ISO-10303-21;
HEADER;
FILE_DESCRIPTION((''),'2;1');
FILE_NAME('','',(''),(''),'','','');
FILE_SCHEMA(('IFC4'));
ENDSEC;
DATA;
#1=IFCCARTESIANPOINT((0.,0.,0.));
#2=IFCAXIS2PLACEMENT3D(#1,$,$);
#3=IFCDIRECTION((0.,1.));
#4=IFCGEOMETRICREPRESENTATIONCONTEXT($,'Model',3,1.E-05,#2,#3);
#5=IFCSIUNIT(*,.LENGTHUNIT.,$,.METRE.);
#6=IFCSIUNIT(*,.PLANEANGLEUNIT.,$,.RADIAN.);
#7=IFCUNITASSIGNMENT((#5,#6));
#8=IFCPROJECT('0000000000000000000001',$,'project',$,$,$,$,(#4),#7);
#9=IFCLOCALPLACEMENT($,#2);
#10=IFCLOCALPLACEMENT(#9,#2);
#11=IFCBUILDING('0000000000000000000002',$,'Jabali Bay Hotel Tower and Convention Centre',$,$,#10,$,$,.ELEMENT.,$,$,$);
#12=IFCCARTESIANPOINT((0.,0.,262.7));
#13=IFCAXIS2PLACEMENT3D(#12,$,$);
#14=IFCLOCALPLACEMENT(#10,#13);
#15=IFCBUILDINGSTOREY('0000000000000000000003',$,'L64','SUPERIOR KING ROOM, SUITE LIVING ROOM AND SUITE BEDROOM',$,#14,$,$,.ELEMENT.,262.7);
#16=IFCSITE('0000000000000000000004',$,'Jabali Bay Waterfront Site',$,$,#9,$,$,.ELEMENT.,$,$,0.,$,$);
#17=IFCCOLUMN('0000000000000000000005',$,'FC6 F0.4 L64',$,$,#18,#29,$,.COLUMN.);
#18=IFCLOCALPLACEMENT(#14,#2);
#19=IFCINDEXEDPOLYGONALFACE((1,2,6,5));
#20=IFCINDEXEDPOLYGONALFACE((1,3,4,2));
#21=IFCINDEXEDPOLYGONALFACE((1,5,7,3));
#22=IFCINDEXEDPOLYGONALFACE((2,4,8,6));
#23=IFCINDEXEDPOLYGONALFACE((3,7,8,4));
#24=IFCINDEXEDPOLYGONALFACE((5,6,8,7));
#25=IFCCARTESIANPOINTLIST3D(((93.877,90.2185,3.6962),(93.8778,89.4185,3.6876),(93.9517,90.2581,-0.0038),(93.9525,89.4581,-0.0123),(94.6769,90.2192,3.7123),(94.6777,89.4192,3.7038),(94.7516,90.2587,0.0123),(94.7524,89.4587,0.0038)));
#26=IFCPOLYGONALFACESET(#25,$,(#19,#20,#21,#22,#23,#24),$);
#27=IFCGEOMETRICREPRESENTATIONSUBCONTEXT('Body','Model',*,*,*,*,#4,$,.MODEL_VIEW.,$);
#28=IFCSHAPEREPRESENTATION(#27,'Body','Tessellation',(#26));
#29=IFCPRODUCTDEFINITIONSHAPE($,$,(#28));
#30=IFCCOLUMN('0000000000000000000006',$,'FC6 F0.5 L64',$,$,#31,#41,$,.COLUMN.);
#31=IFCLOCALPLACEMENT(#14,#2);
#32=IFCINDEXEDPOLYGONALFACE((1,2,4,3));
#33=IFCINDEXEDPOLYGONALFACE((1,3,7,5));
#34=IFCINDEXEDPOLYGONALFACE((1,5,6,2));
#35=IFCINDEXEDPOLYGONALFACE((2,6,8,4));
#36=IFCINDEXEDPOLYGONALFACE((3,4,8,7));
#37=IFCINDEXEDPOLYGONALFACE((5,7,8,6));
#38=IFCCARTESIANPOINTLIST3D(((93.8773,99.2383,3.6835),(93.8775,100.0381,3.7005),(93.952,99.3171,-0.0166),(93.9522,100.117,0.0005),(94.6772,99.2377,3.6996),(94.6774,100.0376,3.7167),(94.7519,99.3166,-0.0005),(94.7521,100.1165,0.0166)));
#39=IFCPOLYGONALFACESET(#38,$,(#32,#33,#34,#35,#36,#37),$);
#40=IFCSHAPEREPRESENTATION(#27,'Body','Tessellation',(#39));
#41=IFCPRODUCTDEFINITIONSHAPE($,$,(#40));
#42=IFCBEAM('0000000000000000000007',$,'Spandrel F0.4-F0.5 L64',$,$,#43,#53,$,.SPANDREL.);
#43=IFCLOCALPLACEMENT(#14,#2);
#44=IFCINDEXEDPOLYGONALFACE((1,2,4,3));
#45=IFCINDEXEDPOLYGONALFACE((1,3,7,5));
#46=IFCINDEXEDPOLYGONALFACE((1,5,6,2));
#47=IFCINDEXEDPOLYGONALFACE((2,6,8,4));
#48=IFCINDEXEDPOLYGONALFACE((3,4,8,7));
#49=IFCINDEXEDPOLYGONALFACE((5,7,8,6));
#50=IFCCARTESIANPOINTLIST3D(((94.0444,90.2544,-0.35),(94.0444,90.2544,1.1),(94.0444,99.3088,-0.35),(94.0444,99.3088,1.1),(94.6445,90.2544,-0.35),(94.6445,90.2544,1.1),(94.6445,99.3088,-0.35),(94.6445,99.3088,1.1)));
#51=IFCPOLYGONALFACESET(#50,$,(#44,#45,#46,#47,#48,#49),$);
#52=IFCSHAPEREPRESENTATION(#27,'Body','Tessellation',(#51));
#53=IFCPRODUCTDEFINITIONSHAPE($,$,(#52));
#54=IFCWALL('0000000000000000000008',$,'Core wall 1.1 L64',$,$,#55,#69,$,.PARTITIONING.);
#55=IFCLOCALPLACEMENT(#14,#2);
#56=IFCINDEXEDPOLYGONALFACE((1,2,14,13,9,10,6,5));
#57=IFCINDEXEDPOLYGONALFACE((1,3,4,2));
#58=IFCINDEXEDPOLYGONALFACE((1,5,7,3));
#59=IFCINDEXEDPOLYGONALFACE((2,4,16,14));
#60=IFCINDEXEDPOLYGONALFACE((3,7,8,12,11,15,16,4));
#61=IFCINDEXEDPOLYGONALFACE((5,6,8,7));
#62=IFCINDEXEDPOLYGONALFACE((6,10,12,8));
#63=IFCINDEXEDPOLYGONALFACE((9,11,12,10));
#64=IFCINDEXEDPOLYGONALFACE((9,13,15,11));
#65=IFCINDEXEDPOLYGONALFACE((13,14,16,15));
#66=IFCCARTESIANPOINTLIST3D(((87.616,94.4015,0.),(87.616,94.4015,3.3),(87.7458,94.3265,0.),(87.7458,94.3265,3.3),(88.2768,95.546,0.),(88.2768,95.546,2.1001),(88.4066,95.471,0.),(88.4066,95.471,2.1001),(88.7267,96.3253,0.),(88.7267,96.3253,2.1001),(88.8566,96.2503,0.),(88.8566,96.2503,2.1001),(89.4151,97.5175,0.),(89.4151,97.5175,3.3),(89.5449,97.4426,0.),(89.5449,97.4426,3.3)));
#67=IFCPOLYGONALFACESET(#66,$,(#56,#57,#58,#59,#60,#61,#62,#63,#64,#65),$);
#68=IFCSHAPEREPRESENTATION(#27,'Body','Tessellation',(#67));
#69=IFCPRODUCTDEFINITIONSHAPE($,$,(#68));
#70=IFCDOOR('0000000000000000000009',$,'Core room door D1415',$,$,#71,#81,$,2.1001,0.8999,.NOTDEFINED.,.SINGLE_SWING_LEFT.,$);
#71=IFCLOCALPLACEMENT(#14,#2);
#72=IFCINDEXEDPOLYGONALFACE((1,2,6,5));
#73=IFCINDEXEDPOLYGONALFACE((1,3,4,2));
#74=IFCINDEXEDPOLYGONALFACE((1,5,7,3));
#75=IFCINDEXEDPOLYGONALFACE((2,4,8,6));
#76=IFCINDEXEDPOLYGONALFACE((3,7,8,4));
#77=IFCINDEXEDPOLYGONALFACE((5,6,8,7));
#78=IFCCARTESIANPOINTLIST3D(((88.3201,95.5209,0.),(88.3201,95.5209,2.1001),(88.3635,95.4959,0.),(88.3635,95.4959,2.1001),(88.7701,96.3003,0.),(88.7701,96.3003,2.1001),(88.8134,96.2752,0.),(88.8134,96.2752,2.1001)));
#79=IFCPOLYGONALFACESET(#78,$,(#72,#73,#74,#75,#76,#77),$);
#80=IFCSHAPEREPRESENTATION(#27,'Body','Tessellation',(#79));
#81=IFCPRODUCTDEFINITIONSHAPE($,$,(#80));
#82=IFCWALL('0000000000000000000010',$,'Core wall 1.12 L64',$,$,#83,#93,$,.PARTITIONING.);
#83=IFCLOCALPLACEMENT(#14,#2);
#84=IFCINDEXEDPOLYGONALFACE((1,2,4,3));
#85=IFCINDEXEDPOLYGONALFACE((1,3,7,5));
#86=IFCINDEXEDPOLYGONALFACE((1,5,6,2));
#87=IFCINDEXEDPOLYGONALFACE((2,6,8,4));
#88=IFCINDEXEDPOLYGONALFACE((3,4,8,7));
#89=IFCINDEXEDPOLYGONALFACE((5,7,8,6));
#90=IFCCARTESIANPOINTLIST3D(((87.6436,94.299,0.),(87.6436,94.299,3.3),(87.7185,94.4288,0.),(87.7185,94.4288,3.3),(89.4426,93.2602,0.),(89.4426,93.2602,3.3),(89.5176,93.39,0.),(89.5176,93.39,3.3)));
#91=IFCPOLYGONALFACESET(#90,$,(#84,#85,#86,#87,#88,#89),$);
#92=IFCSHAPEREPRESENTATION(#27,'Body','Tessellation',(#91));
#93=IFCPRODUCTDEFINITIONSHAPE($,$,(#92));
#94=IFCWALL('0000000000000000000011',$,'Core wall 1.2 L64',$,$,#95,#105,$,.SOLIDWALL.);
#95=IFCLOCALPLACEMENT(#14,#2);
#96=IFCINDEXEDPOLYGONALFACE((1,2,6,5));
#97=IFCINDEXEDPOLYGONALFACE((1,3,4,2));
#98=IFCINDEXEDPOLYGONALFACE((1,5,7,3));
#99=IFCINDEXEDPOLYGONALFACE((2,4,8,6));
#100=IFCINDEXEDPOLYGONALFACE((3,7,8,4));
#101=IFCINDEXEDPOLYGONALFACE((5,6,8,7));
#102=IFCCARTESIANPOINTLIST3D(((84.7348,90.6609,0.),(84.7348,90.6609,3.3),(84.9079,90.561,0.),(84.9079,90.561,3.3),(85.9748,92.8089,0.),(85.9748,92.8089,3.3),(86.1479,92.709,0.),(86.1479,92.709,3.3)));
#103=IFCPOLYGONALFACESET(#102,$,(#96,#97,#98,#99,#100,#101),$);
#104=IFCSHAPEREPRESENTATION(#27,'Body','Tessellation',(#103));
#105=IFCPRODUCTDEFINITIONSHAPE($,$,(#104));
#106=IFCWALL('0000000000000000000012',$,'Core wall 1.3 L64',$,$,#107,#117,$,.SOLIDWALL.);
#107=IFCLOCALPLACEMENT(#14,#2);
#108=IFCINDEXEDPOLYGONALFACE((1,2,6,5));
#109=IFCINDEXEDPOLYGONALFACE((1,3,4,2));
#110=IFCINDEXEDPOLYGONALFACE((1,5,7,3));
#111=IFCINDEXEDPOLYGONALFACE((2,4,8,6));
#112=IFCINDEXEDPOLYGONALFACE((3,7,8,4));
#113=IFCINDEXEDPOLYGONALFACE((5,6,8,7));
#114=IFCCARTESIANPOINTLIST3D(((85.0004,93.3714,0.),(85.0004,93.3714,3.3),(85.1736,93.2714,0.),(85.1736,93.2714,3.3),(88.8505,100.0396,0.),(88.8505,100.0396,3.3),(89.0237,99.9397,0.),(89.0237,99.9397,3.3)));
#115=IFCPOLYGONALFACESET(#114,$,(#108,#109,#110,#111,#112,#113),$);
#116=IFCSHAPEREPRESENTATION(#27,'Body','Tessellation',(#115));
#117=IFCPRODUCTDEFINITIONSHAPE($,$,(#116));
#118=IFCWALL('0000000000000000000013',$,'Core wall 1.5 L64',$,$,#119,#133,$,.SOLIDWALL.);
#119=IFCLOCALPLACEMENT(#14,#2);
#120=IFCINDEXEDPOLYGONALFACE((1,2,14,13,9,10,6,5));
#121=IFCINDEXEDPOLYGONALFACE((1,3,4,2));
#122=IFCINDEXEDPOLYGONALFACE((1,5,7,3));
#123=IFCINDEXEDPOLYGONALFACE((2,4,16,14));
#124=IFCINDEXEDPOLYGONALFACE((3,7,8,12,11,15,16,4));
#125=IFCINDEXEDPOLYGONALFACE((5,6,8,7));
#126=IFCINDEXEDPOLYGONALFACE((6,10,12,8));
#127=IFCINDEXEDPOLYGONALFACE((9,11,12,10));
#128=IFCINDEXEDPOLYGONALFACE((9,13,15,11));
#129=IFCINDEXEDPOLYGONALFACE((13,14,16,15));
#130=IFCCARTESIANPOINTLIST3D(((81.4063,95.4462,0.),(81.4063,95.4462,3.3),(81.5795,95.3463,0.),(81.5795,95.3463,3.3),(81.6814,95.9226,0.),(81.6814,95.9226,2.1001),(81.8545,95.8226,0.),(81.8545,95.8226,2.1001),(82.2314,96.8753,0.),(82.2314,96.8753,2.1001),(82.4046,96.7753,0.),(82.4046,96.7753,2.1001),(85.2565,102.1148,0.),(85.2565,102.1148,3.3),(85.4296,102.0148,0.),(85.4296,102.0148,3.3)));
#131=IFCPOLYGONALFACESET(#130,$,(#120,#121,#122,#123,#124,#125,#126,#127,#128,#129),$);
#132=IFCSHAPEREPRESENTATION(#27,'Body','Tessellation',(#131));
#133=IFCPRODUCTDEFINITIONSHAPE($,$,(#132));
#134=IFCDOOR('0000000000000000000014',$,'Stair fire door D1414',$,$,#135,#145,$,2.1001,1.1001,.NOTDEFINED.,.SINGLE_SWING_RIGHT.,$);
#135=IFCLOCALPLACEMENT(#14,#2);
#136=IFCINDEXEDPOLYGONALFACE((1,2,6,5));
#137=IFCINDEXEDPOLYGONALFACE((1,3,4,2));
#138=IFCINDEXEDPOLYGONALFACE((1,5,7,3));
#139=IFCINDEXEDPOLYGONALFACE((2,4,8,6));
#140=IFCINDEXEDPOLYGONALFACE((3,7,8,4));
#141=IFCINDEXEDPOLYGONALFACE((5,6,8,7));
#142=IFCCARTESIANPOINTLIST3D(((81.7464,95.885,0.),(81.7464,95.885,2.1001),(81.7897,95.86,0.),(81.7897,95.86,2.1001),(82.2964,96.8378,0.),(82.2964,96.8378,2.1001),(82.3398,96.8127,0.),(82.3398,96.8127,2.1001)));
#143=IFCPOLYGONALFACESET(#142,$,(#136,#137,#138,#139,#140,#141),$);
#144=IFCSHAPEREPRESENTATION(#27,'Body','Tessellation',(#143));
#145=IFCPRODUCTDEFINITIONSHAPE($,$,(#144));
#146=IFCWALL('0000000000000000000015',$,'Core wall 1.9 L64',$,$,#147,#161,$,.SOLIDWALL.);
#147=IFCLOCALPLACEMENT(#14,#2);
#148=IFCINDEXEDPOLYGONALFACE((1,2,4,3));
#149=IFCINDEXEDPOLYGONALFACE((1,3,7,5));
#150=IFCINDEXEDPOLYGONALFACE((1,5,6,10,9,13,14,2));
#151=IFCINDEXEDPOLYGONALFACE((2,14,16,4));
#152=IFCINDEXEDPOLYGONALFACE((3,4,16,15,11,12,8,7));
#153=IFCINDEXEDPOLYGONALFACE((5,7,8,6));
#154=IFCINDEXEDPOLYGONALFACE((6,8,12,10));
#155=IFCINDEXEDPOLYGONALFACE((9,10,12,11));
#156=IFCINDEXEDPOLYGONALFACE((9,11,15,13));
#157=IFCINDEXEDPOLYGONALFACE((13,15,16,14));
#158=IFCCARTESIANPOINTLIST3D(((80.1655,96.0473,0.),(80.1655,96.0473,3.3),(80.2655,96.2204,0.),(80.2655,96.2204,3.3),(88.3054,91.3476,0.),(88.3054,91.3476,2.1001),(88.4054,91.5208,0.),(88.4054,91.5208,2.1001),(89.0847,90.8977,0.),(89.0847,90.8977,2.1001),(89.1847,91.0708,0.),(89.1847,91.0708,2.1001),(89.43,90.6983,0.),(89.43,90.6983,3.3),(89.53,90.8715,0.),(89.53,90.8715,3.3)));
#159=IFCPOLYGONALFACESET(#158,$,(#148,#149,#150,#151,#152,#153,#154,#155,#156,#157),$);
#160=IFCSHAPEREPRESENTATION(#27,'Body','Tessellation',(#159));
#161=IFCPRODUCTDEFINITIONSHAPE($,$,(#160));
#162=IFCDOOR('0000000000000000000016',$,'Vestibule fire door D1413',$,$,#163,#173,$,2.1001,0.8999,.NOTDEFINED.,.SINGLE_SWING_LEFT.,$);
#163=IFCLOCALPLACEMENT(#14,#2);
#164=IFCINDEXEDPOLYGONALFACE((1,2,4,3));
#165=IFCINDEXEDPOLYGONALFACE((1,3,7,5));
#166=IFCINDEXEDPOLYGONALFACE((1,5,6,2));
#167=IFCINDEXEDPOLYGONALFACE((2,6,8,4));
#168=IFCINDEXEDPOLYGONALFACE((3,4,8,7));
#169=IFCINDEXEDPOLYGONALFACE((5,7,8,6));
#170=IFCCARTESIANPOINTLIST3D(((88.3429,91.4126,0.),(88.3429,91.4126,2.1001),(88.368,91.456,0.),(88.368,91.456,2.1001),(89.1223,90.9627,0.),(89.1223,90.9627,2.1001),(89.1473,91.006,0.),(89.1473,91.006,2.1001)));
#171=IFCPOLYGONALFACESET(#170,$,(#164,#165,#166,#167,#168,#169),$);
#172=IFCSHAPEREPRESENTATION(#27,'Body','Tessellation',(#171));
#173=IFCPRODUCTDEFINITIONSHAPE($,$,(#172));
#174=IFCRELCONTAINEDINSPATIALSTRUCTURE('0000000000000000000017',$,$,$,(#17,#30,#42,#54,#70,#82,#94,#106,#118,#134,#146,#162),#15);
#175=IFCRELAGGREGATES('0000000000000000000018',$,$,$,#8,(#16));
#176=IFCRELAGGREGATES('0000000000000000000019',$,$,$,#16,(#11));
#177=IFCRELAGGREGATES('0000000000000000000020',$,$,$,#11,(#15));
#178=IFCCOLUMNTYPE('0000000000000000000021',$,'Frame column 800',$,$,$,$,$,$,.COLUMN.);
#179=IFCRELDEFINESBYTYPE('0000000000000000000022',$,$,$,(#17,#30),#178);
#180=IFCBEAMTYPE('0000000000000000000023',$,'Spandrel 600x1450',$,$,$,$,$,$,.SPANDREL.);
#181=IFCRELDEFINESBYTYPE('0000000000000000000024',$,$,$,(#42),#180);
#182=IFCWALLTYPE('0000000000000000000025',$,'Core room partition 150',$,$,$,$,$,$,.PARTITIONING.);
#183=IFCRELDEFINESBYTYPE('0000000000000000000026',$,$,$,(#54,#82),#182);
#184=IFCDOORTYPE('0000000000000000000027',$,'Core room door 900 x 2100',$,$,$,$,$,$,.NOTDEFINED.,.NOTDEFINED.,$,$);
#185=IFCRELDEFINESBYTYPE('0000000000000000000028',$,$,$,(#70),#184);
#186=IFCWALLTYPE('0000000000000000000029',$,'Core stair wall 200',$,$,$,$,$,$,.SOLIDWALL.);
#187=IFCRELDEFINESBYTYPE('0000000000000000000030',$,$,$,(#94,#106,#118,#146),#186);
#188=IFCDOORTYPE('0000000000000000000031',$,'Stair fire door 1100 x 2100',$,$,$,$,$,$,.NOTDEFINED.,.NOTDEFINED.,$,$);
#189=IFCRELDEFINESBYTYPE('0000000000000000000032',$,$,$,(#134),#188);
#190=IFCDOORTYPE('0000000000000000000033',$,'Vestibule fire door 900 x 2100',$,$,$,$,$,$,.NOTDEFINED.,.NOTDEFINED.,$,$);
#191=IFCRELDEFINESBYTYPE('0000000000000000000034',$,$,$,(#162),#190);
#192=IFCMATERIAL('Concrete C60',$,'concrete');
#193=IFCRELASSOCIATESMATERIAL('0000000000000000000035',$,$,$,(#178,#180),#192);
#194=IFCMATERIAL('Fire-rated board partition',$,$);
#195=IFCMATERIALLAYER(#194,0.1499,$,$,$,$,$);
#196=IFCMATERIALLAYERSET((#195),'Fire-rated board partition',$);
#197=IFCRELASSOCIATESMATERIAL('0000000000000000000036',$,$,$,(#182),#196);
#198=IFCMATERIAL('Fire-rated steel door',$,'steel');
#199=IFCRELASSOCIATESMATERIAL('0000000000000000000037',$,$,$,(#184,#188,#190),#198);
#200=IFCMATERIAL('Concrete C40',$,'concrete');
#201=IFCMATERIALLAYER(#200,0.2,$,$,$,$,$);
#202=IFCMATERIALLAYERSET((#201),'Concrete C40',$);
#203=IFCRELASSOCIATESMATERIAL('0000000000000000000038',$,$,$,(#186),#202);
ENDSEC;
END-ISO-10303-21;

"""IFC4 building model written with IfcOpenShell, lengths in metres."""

from ifc_helpers import new_model, si_unit, direction, frame, frame_2d, origin, origin_2d, place, context, subcontext, project, spatial, rectangle, extrude, material, layer, layer_set, material_profile, profile_set, type_object, element, fill, save


model = new_model("IFC4")

# Units and contexts
model_context = context("Model", 3, precision=1e-05, world=origin(), true_north=direction((0.0, 1.0)))
body_context = subcontext(model_context, "Body", "Model", "MODEL_VIEW")
ifc_project = project(units=[si_unit("LENGTHUNIT", "METRE"), si_unit("PLANEANGLEUNIT", "RADIAN")], contexts=[model_context])

# Site, building, storey
site_placement = place(None, origin())
site = spatial("IfcSite", under=ifc_project, at=site_placement, Name="Jabali Bay Waterfront Site", CompositionType="ELEMENT", RefElevation=0.0)
building_placement = place(site_placement, origin())
building = spatial("IfcBuilding", under=site, at=building_placement, Name="Jabali Bay Hotel Tower and Convention Centre", CompositionType="ELEMENT")
storey_placement = place(building_placement, frame((0.0, 0.0, 262.7)))
storey = spatial("IfcBuildingStorey", under=building, at=storey_placement, Name="L64", Description="SUPERIOR KING ROOM, SUITE LIVING ROOM AND SUITE BEDROOM", CompositionType="ELEMENT", Elevation=262.7)

# Columns
ifc_material_1 = material(Name="Concrete C60", Category="concrete")
ifc_material_profile_1 = material_profile(ifc_material_1, rectangle(XDim=0.8, YDim=0.8, at=origin_2d()), Name="Frame column 800")
ifc_profile_set_1 = profile_set([ifc_material_profile_1], Name="Concrete C60")
column_type = type_object("IfcColumnType", Name="Frame column 800", PredefinedType="COLUMN", material=ifc_profile_set_1)
column_1_placement = place(storey_placement, frame((94.3521, 89.8584, 0.0), z_axis=(-0.020186, -0.010687, 0.999739), x_axis=(0.999796, 0.000808, 0.020196)))
element("IfcColumn", 1, at=column_1_placement, inside=storey, type_object=column_type, Name="FC6 F0.4 L64", PredefinedType="COLUMN", context=body_context, shape_type="SweptSolid", body=[
    extrude(rectangle(XDim=0.8, YDim=0.8, at=origin_2d()), origin(), (0.0, 0.0, 1.0), 3.7009),
])
column_2_placement = place(storey_placement, frame((94.3521, 99.7168, 0.0), z_axis=(-0.020183, -0.021304, 0.999569), x_axis=(0.999796, -0.000658, 0.020173)))
element("IfcColumn", 2, at=column_2_placement, inside=storey, type_object=column_type, Name="FC6 F0.5 L64", PredefinedType="COLUMN", context=body_context, shape_type="SweptSolid", body=[
    extrude(rectangle(XDim=0.8, YDim=0.8, at=origin_2d()), origin(), (0.0, 0.0, 1.0), 3.7017),
])

# Beam
ifc_material_profile_2 = material_profile(ifc_material_1, rectangle(XDim=0.6001, YDim=1.45, at=origin_2d()), Name="Spandrel 600x1450")
ifc_profile_set_2 = profile_set([ifc_material_profile_2], Name="Concrete C60")
beam_type = type_object("IfcBeamType", Name="Spandrel 600x1450", PredefinedType="SPANDREL", material=ifc_profile_set_2)
beam_placement = place(storey_placement, frame((94.3445, 90.2544, 0.375), z_axis=(0.0, 1.0, 0.0), x_axis=(-1.0, 0.0, 0.0)))
element("IfcBeam", 3, at=beam_placement, inside=storey, type_object=beam_type, Name="Spandrel F0.4-F0.5 L64", PredefinedType="SPANDREL", context=body_context, shape_type="SweptSolid", body=[
    extrude(rectangle(XDim=0.6001, YDim=1.45, at=origin_2d()), origin(), (0.0, 0.0, 1.0), 9.0544),
])

# Wall, opening, door
ifc_material_2 = material(Name="Fire-rated board partition")
ifc_layer_1 = layer(ifc_material_2, 0.1499)
ifc_layer_set_1 = layer_set([ifc_layer_1], Name="Fire-rated board partition")
wall_type_1 = type_object("IfcWallType", Name="Core room partition 150", PredefinedType="PARTITIONING", material=ifc_layer_set_1)
wall_1_placement = place(storey_placement, frame((87.6809, 94.364, 0.0), z_axis=(0.0, 0.0, 1.0), x_axis=(0.500014, 0.866017, 0.0)))
wall_1 = element("IfcWall", 4, at=wall_1_placement, inside=storey, type_object=wall_type_1, Name="Core wall 1.1 L64", PredefinedType="PARTITIONING", context=body_context, shape_type="SweptSolid", body=[
    extrude(rectangle(XDim=3.5981, YDim=0.1499, at=frame_2d((1.7991, 0.0))), origin(), (0.0, 0.0, 1.0), 3.3),
])
opening_1_placement = place(wall_1_placement, frame((1.3215, 0.0, 0.0)))
opening_1 = element("IfcOpeningElement", 5, at=opening_1_placement, cuts=wall_1, PredefinedType="OPENING", context=body_context, shape_type="SweptSolid", body=[
    extrude(rectangle(XDim=0.8999, YDim=2.1001, at=frame_2d((0.45, 1.05))), frame((0.0, 0.0854, 0.0), z_axis=(0.0, -1.0, 0.0), x_axis=(1.0, 0.0, 0.0)), (0.0, 0.0, 1.0), 0.1709),
])
ifc_material_3 = material(Name="Fire-rated steel door", Category="steel")
door_type_1 = type_object("IfcDoorType", Name="Core room door 900 x 2100", OperationType="NOTDEFINED", PredefinedType="NOTDEFINED", material=ifc_material_3)
door_1_placement = place(opening_1_placement, origin())
door_1 = element("IfcDoor", 6, at=door_1_placement, inside=storey, type_object=door_type_1, Name="Core room door D1415", OperationType="SINGLE_SWING_LEFT", OverallHeight=2.1001, OverallWidth=0.8999, PredefinedType="NOTDEFINED", context=body_context, shape_type="SweptSolid", body=[
    extrude(rectangle(XDim=0.8999, YDim=2.1001, at=frame_2d((0.45, 1.05))), frame((0.0, 0.0249, 0.0), z_axis=(0.0, -1.0, 0.0), x_axis=(1.0, 0.0, 0.0)), (0.0, 0.0, 1.0), 0.05),
])
fill(opening_1, door_1)

# Walls
wall_2_placement = place(storey_placement, frame((89.48, 93.3252, 0.0), z_axis=(0.0, 0.0, 1.0), x_axis=(-0.866, 0.500045, 0.0)))
element("IfcWall", 7, at=wall_2_placement, inside=storey, type_object=wall_type_1, Name="Core wall 1.12 L64", PredefinedType="PARTITIONING", context=body_context, shape_type="SweptSolid", body=[
    extrude(rectangle(XDim=2.0774, YDim=0.1499, at=frame_2d((1.0386, 0.0))), origin(), (0.0, 0.0, 1.0), 3.3),
])
ifc_material_4 = material(Name="Concrete C40", Category="concrete")
ifc_layer_2 = layer(ifc_material_4, 0.2)
ifc_layer_set_2 = layer_set([ifc_layer_2], Name="Concrete C40")
wall_type_2 = type_object("IfcWallType", Name="Core stair wall 200", PredefinedType="SOLIDWALL", material=ifc_layer_set_2)
wall_3_placement = place(storey_placement, frame((84.8213, 90.6108, 0.0), z_axis=(0.0, 0.0, 1.0), x_axis=(0.499961, 0.866048, 0.0)))
element("IfcWall", 8, at=wall_3_placement, inside=storey, type_object=wall_type_2, Name="Core wall 1.2 L64", PredefinedType="SOLIDWALL", context=body_context, shape_type="SweptSolid", body=[
    extrude(rectangle(XDim=2.4802, YDim=0.2, at=frame_2d((1.2402, 0.0))), origin(), (0.0, 0.0, 1.0), 3.3),
])
wall_4_placement = place(storey_placement, frame((85.0869, 93.3213, 0.0), z_axis=(0.0, 0.0, 1.0), x_axis=(0.50002, 0.866014, 0.0)))
element("IfcWall", 9, at=wall_4_placement, inside=storey, type_object=wall_type_2, Name="Core wall 1.3 L64", PredefinedType="SOLIDWALL", context=body_context, shape_type="SweptSolid", body=[
    extrude(rectangle(XDim=7.7, YDim=0.2, at=frame_2d((3.8501, 0.0))), origin(), (0.0, 0.0, 1.0), 3.3),
])

# Walls, openings, doors
wall_5_placement = place(storey_placement, frame((81.4929, 95.3962, 0.0), z_axis=(0.0, 0.0, 1.0), x_axis=(0.500006, 0.866022, 0.0)))
wall_5 = element("IfcWall", 10, at=wall_5_placement, inside=storey, type_object=wall_type_2, Name="Core wall 1.5 L64", PredefinedType="SOLIDWALL", context=body_context, shape_type="SweptSolid", body=[
    extrude(rectangle(XDim=7.7002, YDim=0.2, at=frame_2d((3.8501, 0.0))), origin(), (0.0, 0.0, 1.0), 3.3),
])
opening_2_placement = place(wall_5_placement, frame((0.55, 0.0, 0.0)))
opening_2 = element("IfcOpeningElement", 11, at=opening_2_placement, cuts=wall_5, PredefinedType="OPENING", context=body_context, shape_type="SweptSolid", body=[
    extrude(rectangle(XDim=1.1001, YDim=2.1001, at=frame_2d((0.55, 1.05))), frame((0.0, 0.1104, 0.0), z_axis=(0.0, -1.0, 0.0), x_axis=(1.0, 0.0, 0.0)), (0.0, 0.0, 1.0), 0.2209),
])
door_type_2 = type_object("IfcDoorType", Name="Stair fire door 1100 x 2100", OperationType="NOTDEFINED", PredefinedType="NOTDEFINED", material=ifc_material_3)
door_2_placement = place(opening_2_placement, origin())
door_2 = element("IfcDoor", 12, at=door_2_placement, inside=storey, type_object=door_type_2, Name="Stair fire door D1414", OperationType="SINGLE_SWING_RIGHT", OverallHeight=2.1001, OverallWidth=1.1001, PredefinedType="NOTDEFINED", context=body_context, shape_type="SweptSolid", body=[
    extrude(rectangle(XDim=1.1001, YDim=2.1001, at=frame_2d((0.55, 1.05))), frame((0.0, 0.0249, 0.0), z_axis=(0.0, -1.0, 0.0), x_axis=(1.0, 0.0, 0.0)), (0.0, 0.0, 1.0), 0.05),
])
fill(opening_2, door_2)
wall_6_placement = place(storey_placement, frame((89.48, 90.7849, 0.0), z_axis=(0.0, 0.0, 1.0), x_axis=(-0.866023, 0.500005, 0.0)))
wall_6 = element("IfcWall", 13, at=wall_6_placement, inside=storey, type_object=wall_type_2, Name="Core wall 1.9 L64", PredefinedType="SOLIDWALL", context=body_context, shape_type="SweptSolid", body=[
    extrude(rectangle(XDim=10.6978, YDim=0.2, at=frame_2d((5.3489, 0.0))), origin(), (0.0, 0.0, 1.0), 3.3),
])
opening_3_placement = place(wall_6_placement, frame((0.3987, 0.0, 0.0)))
opening_3 = element("IfcOpeningElement", 14, at=opening_3_placement, cuts=wall_6, PredefinedType="OPENING", context=body_context, shape_type="SweptSolid", body=[
    extrude(rectangle(XDim=0.8999, YDim=2.1001, at=frame_2d((0.45, 1.05))), frame((0.0, 0.1104, 0.0), z_axis=(0.0, -1.0, 0.0), x_axis=(1.0, 0.0, 0.0)), (0.0, 0.0, 1.0), 0.2209),
])
door_type_3 = type_object("IfcDoorType", Name="Vestibule fire door 900 x 2100", OperationType="NOTDEFINED", PredefinedType="NOTDEFINED", material=ifc_material_3)
door_3_placement = place(opening_3_placement, origin())
door_3 = element("IfcDoor", 15, at=door_3_placement, inside=storey, type_object=door_type_3, Name="Vestibule fire door D1413", OperationType="SINGLE_SWING_LEFT", OverallHeight=2.1001, OverallWidth=0.8999, PredefinedType="NOTDEFINED", context=body_context, shape_type="SweptSolid", body=[
    extrude(rectangle(XDim=0.8999, YDim=2.1001, at=frame_2d((0.45, 1.05))), frame((0.0, 0.0249, 0.0), z_axis=(0.0, -1.0, 0.0), x_axis=(1.0, 0.0, 0.0)), (0.0, 0.0, 1.0), 0.05),
])
fill(opening_3, door_3)

save(model, "model.ifc")
